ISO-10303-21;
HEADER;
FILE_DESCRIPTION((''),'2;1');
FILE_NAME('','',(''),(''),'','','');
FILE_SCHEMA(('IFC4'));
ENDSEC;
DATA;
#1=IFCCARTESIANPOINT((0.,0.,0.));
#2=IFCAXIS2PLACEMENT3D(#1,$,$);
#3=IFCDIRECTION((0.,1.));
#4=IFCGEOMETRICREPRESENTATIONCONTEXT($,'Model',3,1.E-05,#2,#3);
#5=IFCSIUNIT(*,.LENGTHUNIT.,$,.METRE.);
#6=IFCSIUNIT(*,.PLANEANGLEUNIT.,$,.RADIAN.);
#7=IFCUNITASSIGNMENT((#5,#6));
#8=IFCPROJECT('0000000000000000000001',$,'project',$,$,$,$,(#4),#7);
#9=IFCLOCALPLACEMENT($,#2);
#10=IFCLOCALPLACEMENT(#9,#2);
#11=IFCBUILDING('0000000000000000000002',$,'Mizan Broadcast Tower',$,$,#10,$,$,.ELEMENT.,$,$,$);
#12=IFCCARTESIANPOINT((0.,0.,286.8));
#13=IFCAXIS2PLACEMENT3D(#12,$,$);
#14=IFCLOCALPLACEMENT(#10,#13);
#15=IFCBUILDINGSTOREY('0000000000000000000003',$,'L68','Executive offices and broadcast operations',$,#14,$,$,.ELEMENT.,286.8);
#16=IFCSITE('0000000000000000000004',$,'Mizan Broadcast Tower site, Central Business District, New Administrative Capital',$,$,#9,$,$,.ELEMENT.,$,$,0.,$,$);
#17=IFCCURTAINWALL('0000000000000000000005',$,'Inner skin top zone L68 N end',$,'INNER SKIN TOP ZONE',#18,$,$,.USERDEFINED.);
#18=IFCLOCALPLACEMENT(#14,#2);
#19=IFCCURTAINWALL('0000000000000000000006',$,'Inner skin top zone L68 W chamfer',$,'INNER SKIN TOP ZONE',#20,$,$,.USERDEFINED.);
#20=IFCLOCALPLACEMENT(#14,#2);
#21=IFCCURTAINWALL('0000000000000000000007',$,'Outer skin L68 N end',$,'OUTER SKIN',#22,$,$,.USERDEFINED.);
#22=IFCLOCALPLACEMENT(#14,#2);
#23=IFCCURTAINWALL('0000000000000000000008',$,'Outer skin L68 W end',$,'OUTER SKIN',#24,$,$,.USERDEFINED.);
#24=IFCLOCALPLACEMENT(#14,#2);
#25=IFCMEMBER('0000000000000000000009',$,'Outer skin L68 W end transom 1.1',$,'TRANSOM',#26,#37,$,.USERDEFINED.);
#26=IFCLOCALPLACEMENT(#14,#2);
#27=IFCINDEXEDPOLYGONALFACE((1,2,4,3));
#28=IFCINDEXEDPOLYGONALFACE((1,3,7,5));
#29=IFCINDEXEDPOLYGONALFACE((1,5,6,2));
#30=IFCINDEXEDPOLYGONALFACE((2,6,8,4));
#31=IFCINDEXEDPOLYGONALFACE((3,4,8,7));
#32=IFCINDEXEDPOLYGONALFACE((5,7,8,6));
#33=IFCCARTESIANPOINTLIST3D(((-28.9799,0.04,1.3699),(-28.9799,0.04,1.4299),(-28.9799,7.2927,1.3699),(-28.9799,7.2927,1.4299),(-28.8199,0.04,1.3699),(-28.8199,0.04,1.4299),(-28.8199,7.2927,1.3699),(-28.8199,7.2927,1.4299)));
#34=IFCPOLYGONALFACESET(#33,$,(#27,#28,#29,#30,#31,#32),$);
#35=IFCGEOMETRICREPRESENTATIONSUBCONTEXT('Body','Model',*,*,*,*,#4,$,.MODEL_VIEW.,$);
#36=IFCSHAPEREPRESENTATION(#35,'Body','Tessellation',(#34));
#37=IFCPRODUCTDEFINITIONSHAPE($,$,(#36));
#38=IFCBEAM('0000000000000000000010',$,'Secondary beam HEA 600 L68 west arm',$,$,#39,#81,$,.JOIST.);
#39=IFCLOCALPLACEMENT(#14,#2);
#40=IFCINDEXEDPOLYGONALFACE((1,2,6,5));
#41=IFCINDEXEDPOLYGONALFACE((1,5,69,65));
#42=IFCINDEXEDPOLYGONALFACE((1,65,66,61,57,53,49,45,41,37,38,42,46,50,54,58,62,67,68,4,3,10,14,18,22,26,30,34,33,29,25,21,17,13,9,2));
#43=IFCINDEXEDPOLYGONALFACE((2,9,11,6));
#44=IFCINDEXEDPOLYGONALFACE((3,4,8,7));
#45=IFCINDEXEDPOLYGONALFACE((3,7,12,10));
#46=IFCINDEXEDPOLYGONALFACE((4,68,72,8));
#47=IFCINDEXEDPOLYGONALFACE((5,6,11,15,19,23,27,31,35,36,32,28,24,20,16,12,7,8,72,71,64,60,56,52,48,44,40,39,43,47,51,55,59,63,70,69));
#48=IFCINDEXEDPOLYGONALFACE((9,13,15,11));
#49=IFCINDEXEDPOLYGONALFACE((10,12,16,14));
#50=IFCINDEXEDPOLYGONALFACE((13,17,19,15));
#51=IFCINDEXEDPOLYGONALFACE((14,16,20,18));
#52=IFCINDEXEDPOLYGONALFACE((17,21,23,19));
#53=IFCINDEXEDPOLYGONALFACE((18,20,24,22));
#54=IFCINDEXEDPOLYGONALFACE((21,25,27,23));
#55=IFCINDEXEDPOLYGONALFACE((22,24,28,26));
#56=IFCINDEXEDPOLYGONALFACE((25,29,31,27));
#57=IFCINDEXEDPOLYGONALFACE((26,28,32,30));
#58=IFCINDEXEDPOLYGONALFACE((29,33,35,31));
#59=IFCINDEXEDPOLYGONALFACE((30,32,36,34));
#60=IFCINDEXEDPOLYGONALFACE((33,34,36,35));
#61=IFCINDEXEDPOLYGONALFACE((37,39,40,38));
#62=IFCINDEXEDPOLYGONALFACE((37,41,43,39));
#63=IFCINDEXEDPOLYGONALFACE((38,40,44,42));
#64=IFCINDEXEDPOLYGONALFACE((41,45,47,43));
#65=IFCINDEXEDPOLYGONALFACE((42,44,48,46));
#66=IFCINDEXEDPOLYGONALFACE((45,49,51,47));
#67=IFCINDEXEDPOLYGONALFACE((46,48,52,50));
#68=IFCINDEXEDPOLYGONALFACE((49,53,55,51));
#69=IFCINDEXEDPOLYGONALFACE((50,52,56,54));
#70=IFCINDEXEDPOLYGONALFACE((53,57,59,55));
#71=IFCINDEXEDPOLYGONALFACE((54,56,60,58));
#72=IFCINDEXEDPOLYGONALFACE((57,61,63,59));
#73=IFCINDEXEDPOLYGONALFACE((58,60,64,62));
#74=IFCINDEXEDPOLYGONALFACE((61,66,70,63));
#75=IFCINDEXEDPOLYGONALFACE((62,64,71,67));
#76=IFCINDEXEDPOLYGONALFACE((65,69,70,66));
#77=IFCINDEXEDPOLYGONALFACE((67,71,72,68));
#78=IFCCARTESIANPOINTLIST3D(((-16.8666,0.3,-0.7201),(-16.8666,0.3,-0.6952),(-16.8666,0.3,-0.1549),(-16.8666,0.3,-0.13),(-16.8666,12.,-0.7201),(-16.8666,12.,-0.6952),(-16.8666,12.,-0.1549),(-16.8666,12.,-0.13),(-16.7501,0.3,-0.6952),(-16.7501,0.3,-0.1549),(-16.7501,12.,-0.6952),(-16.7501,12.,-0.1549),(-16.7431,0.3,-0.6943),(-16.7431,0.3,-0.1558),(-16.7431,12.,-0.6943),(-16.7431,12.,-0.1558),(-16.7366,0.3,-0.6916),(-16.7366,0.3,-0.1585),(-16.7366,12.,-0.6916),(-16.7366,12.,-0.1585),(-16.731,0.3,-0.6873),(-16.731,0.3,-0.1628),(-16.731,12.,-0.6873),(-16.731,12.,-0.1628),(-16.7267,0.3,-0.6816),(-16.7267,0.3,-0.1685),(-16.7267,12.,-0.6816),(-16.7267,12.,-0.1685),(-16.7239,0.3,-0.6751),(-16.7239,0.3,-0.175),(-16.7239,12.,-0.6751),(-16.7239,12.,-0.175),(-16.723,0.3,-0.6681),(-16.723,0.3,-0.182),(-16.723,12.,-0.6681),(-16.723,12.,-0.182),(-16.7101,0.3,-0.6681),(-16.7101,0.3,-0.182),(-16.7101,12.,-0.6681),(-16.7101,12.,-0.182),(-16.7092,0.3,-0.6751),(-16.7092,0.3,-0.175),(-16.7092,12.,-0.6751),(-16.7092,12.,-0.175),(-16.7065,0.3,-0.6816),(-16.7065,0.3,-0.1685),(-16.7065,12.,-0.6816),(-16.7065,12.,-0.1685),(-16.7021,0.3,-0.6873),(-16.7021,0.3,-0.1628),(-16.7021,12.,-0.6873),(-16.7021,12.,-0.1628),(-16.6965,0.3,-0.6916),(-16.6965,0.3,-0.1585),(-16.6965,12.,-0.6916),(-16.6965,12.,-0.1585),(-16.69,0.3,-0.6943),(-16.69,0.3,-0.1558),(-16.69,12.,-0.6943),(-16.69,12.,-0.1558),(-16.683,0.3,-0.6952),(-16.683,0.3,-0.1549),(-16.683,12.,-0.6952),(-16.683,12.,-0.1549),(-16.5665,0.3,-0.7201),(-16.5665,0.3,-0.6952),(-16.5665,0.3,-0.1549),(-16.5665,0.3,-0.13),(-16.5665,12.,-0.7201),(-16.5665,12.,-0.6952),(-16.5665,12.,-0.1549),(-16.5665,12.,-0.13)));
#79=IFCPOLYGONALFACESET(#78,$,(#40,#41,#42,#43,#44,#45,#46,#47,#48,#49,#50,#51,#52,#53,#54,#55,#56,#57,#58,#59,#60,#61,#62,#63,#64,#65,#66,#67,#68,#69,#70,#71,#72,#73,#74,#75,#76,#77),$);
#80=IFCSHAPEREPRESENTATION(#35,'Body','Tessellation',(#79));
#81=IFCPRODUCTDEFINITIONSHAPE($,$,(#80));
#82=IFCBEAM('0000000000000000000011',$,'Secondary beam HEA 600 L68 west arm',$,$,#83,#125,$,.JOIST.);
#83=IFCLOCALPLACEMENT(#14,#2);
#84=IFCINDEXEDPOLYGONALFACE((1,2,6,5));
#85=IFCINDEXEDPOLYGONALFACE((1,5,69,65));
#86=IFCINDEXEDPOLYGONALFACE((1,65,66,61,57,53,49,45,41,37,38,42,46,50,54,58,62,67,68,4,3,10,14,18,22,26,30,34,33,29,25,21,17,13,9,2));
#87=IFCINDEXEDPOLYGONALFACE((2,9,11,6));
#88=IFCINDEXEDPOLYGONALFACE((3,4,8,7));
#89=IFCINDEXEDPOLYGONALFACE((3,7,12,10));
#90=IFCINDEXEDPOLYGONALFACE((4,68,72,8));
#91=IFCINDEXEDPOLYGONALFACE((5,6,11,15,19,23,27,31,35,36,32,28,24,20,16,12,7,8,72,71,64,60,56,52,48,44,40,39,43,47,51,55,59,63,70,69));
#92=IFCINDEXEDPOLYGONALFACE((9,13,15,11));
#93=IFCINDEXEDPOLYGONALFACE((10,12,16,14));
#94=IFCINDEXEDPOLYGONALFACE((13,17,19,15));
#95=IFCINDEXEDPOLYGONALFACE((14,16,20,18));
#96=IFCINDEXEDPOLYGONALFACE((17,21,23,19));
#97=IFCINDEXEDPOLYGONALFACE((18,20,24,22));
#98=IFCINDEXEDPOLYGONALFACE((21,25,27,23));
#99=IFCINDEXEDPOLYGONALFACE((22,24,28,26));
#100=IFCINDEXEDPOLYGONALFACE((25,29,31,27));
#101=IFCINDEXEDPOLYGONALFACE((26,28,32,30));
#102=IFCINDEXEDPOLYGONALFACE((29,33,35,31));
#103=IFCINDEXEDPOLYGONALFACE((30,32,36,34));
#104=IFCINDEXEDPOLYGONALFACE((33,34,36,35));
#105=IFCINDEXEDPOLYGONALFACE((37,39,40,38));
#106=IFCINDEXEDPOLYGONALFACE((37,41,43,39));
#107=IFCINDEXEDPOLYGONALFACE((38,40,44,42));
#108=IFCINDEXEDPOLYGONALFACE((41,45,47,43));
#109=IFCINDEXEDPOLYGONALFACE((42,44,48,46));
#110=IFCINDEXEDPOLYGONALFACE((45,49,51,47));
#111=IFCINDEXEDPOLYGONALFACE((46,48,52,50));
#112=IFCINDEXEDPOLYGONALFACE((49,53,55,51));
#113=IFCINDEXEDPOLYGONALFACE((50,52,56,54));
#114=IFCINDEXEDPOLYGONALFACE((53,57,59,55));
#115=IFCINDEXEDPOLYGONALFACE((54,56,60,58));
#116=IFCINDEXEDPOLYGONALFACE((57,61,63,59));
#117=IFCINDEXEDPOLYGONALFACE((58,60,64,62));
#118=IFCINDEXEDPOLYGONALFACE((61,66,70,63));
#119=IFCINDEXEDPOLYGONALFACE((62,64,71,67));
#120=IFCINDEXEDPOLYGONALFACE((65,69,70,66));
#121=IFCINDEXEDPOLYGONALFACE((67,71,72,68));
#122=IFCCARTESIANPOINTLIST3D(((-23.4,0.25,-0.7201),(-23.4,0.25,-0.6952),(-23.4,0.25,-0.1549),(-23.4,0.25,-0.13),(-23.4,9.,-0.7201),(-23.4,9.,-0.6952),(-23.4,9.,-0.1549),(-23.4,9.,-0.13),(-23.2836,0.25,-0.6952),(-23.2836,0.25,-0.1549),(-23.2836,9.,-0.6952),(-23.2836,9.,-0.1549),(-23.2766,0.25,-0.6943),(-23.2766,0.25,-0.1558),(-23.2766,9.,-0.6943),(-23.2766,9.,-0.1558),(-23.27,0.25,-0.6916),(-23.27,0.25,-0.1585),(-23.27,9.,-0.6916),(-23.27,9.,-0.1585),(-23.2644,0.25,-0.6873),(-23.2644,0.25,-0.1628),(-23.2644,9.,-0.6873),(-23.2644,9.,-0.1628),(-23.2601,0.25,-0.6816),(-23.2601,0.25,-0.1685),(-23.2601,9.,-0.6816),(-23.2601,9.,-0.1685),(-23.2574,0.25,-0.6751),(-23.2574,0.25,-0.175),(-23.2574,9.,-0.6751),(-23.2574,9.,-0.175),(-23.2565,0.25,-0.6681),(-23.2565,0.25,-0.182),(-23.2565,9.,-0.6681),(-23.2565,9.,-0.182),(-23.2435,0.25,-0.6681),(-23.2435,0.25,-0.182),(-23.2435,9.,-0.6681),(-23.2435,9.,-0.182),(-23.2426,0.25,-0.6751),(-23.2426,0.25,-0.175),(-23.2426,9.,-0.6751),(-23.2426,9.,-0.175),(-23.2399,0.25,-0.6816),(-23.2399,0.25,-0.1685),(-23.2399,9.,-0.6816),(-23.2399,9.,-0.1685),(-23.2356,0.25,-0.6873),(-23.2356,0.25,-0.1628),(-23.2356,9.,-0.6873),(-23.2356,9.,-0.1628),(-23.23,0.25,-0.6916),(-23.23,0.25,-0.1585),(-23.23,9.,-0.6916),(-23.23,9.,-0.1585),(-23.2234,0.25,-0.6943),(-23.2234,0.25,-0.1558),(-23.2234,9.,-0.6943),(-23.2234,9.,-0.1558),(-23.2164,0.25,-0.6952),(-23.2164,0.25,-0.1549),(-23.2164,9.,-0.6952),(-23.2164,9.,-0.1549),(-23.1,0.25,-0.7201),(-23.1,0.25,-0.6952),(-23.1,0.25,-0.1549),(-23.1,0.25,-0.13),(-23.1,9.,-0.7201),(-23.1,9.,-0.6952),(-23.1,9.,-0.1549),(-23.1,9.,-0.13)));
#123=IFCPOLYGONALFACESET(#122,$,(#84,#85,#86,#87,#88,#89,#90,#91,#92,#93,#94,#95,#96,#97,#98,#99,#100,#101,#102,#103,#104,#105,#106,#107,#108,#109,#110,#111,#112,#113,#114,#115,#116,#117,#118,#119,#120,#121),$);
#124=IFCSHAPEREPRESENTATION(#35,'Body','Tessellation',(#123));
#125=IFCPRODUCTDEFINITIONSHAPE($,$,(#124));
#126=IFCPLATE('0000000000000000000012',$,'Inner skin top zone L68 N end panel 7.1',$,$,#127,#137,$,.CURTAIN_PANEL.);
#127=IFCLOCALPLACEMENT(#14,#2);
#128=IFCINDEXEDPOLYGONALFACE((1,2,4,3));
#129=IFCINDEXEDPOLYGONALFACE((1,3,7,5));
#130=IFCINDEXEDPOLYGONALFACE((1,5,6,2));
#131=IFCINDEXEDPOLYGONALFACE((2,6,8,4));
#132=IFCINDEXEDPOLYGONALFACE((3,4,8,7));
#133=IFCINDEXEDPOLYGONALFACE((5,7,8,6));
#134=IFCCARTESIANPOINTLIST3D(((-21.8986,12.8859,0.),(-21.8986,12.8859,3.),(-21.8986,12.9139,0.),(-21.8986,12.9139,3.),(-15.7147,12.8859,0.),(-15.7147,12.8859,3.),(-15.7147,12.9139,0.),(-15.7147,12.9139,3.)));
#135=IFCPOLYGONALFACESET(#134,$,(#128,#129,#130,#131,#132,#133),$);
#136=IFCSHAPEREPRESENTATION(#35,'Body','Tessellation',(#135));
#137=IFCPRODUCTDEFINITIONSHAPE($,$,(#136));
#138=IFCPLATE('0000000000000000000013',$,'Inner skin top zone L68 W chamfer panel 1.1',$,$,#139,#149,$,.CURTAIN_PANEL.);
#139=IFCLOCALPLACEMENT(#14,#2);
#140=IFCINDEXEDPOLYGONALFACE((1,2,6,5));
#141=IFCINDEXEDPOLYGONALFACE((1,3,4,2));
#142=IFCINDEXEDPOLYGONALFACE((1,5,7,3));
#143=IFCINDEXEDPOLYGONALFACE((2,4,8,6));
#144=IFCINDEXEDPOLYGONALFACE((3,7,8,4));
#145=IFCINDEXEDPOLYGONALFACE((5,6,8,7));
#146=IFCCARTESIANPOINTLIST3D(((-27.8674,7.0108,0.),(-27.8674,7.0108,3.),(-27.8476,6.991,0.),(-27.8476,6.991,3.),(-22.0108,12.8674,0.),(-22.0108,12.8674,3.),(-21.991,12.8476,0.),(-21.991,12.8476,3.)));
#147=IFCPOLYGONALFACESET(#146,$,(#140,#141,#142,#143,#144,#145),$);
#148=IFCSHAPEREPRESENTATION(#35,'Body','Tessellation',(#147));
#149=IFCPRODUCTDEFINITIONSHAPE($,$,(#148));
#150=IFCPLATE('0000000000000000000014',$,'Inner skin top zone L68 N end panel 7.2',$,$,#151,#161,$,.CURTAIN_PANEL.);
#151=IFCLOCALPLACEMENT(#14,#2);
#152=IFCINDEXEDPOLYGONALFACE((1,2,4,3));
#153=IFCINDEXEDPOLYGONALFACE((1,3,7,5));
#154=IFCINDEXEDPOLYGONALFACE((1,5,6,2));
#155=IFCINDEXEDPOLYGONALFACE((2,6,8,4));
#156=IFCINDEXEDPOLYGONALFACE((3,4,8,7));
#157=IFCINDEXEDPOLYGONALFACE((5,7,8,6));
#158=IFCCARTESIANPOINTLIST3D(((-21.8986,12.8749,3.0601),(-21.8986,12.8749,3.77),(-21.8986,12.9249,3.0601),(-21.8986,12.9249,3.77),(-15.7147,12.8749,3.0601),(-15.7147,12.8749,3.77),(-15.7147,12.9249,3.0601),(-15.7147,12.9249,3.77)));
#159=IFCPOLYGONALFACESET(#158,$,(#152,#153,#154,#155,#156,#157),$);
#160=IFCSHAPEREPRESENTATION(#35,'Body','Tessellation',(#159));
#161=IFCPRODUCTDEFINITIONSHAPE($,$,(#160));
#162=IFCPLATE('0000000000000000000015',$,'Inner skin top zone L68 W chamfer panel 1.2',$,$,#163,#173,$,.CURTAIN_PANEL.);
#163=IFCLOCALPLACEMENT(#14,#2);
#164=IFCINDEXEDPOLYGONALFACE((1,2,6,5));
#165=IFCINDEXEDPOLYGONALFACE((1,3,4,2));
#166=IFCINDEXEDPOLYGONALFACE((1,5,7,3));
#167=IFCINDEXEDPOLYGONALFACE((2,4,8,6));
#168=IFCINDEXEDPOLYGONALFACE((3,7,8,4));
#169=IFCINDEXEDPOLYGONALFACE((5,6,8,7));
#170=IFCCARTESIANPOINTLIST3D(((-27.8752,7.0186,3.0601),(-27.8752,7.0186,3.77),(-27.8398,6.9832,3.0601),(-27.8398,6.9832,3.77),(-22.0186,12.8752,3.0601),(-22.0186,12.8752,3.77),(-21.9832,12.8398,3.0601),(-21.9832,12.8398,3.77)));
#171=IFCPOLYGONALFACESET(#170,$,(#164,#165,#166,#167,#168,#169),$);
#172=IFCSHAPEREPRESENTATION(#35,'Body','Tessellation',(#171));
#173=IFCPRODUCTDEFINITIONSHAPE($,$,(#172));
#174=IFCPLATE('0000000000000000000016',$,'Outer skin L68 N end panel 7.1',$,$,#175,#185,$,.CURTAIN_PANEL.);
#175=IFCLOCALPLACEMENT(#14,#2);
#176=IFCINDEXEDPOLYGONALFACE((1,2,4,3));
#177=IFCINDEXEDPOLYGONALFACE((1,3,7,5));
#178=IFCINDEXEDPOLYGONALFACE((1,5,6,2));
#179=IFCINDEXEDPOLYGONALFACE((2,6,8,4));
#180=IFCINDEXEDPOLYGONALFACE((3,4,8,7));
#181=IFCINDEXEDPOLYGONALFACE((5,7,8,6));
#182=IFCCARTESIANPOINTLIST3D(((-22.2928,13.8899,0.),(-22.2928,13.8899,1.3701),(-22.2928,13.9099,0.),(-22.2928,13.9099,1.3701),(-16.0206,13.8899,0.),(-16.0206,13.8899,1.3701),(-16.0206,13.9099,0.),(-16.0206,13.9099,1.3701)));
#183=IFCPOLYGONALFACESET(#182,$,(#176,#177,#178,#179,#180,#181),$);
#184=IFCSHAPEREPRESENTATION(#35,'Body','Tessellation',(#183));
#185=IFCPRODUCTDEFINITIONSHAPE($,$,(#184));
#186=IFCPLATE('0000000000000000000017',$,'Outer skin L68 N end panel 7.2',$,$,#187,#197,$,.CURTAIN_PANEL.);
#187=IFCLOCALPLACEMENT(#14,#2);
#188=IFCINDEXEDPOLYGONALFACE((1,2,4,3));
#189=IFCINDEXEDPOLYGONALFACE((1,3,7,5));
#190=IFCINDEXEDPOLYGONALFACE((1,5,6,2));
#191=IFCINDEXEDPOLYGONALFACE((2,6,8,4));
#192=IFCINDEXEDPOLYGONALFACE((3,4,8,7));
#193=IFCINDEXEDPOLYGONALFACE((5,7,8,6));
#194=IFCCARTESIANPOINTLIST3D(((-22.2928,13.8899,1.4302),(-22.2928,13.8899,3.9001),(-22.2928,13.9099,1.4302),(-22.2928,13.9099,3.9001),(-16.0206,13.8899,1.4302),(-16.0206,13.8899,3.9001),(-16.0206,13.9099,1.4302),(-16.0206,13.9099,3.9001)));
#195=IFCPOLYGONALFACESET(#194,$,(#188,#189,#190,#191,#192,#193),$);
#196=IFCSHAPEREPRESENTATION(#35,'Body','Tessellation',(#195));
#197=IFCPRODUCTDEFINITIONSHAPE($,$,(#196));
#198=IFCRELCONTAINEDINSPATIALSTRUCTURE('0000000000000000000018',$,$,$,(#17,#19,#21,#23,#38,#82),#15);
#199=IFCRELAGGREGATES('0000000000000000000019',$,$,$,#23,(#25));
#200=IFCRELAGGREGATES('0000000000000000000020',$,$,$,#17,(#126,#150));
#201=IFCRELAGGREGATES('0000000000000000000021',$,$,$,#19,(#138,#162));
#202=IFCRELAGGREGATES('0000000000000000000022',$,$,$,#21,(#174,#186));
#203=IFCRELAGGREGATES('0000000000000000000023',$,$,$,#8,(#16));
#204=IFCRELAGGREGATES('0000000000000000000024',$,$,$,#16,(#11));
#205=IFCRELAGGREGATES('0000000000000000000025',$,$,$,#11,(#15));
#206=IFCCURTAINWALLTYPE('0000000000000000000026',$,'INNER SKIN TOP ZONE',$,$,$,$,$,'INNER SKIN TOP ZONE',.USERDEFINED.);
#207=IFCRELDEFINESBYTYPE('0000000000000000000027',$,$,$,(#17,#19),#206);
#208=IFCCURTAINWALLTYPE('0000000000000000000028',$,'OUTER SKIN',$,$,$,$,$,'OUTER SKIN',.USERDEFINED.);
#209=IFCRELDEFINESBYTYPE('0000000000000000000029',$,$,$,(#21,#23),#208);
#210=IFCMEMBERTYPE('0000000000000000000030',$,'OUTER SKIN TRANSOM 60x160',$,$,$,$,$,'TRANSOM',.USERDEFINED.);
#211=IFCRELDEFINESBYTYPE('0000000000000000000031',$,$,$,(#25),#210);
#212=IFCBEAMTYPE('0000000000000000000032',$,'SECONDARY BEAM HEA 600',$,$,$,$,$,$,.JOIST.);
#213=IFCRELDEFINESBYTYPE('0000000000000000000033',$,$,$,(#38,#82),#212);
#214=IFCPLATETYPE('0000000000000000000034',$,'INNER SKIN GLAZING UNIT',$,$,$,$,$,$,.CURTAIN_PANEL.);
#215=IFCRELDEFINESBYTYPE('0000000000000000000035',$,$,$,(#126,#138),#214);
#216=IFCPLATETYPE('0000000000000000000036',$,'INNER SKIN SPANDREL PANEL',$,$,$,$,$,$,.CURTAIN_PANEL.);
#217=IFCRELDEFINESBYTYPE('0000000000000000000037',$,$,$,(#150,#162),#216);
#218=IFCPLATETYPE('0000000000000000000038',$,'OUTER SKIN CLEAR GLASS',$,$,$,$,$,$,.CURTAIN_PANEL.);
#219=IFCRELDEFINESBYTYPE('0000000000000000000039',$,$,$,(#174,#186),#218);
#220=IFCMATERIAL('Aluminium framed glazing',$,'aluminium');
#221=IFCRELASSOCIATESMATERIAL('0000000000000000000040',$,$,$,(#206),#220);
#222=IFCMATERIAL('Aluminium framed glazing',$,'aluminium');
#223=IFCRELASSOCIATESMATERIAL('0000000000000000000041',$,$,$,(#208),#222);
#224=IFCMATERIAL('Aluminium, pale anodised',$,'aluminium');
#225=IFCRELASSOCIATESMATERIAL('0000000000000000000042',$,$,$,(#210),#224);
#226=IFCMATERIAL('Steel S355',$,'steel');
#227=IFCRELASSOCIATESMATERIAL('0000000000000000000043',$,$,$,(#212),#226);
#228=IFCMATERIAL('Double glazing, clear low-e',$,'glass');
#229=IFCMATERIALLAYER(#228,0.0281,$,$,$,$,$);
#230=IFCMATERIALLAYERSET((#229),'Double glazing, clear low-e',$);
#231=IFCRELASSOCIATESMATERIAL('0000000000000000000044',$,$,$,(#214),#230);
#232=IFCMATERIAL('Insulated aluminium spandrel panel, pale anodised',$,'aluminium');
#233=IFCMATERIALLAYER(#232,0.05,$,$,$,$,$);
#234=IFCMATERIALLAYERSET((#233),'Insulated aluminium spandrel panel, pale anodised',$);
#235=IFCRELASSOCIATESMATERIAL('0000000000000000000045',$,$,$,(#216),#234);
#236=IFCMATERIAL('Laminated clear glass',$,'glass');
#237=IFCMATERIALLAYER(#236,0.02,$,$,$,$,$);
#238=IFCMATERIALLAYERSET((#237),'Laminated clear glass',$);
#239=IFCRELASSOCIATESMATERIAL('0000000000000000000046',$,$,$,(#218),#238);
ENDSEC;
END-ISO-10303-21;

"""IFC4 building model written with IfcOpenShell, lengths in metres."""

from ifc_helpers import new_model, si_unit, direction, frame, origin, origin_2d, place, context, subcontext, project, spatial, rectangle, i_section, extrude, material, layer, layer_set, material_profile, profile_set, type_object, element, aggregate, save


model = new_model("IFC4")

# Units and contexts
model_context = context("Model", 3, precision=1e-05, world=origin(), true_north=direction((0.0, 1.0)))
body_context = subcontext(model_context, "Body", "Model", "MODEL_VIEW")
ifc_project = project(units=[si_unit("LENGTHUNIT", "METRE"), si_unit("PLANEANGLEUNIT", "RADIAN")], contexts=[model_context])

# Site, building, storey
site_placement = place(None, origin())
site = spatial("IfcSite", under=ifc_project, at=site_placement, Name="Mizan Broadcast Tower site, Central Business District, New Administrative Capital", CompositionType="ELEMENT", RefElevation=0.0)
building_placement = place(site_placement, origin())
building = spatial("IfcBuilding", under=site, at=building_placement, Name="Mizan Broadcast Tower", CompositionType="ELEMENT")
storey_placement = place(building_placement, frame((0.0, 0.0, 286.8)))
storey = spatial("IfcBuildingStorey", under=building, at=storey_placement, Name="L68", Description="Executive offices and broadcast operations", CompositionType="ELEMENT", Elevation=286.8)

# Curtain walls
ifc_material_1 = material(Name="Aluminium framed glazing", Category="aluminium")
curtain_wall_type_1 = type_object("IfcCurtainWallType", Name="INNER SKIN TOP ZONE", ElementType="INNER SKIN TOP ZONE", PredefinedType="USERDEFINED", material=ifc_material_1)
curtain_wall_1_placement = place(storey_placement, origin())
curtain_wall_1 = element("IfcCurtainWall", 1, at=curtain_wall_1_placement, inside=storey, type_object=curtain_wall_type_1, Name="Inner skin top zone L68 N end", ObjectType="INNER SKIN TOP ZONE", PredefinedType="USERDEFINED")
curtain_wall_2_placement = place(storey_placement, origin())
curtain_wall_2 = element("IfcCurtainWall", 2, at=curtain_wall_2_placement, inside=storey, type_object=curtain_wall_type_1, Name="Inner skin top zone L68 W chamfer", ObjectType="INNER SKIN TOP ZONE", PredefinedType="USERDEFINED")
ifc_material_2 = material(Name="Aluminium framed glazing", Category="aluminium")
curtain_wall_type_2 = type_object("IfcCurtainWallType", Name="OUTER SKIN", ElementType="OUTER SKIN", PredefinedType="USERDEFINED", material=ifc_material_2)
curtain_wall_3_placement = place(storey_placement, origin())
curtain_wall_3 = element("IfcCurtainWall", 3, at=curtain_wall_3_placement, inside=storey, type_object=curtain_wall_type_2, Name="Outer skin L68 N end", ObjectType="OUTER SKIN", PredefinedType="USERDEFINED")

# Shared definitions
ifc_material_3 = material(Name="Aluminium, pale anodised", Category="aluminium")
ifc_material_profile_1 = material_profile(ifc_material_3, rectangle(XDim=0.1599, YDim=0.0601, at=origin_2d()), Name="TRANSOM 160x60")
ifc_profile_set_1 = profile_set([ifc_material_profile_1], Name="Aluminium, pale anodised")
member_type_1 = type_object("IfcMemberType", Name="OUTER SKIN TRANSOM 60x160", ElementType="TRANSOM", PredefinedType="USERDEFINED", material=ifc_profile_set_1)

# Curtain wall, member
curtain_wall_4_placement = place(storey_placement, origin())
curtain_wall_4 = element("IfcCurtainWall", 4, at=curtain_wall_4_placement, inside=storey, type_object=curtain_wall_type_2, Name="Outer skin L68 W end", ObjectType="OUTER SKIN", PredefinedType="USERDEFINED")
member_1_placement = place(storey_placement, frame((-28.8999, 7.2927, 1.3999), z_axis=(0.0, -1.0, 0.0), x_axis=(1.0, 0.0, 0.0)))
member_1 = element("IfcMember", 5, at=member_1_placement, type_object=member_type_1, Name="Outer skin L68 W end transom 1.1", ObjectType="TRANSOM", PredefinedType="USERDEFINED", context=body_context, shape_type="SweptSolid", body=[
    extrude(rectangle(XDim=0.1599, YDim=0.0601, at=origin_2d()), origin(), (0.0, 0.0, 1.0), 7.2527),
])
aggregate(curtain_wall_4, [member_1])

# Beams
ifc_material_4 = material(Name="Steel S355", Category="steel")
ifc_material_profile_2 = material_profile(ifc_material_4, i_section(OverallWidth=0.3, OverallDepth=0.5901, WebThickness=0.0129, FlangeThickness=0.0249, FilletRadius=0.0271, at=origin_2d()), Name="HEA 600")
ifc_profile_set_2 = profile_set([ifc_material_profile_2], Name="Steel S355")
beam_type_1 = type_object("IfcBeamType", Name="SECONDARY BEAM HEA 600", PredefinedType="JOIST", material=ifc_profile_set_2)
beam_1_placement = place(storey_placement, frame((-16.7166, 12.0, -0.425), z_axis=(0.0, -1.0, 0.0), x_axis=(1.0, 0.0, 0.0)))
element("IfcBeam", 6, at=beam_1_placement, inside=storey, type_object=beam_type_1, Name="Secondary beam HEA 600 L68 west arm", PredefinedType="JOIST", context=body_context, shape_type="SweptSolid", body=[
    extrude(i_section(OverallWidth=0.3, OverallDepth=0.5901, WebThickness=0.0129, FlangeThickness=0.0249, FilletRadius=0.0271, at=origin_2d()), origin(), (0.0, 0.0, 1.0), 11.7),
])
beam_2_placement = place(storey_placement, frame((-23.25, 9.0, -0.425), z_axis=(0.0, -1.0, 0.0), x_axis=(1.0, 0.0, 0.0)))
element("IfcBeam", 7, at=beam_2_placement, inside=storey, type_object=beam_type_1, Name="Secondary beam HEA 600 L68 west arm", PredefinedType="JOIST", context=body_context, shape_type="SweptSolid", body=[
    extrude(i_section(OverallWidth=0.3, OverallDepth=0.5901, WebThickness=0.0129, FlangeThickness=0.0249, FilletRadius=0.0271, at=origin_2d()), origin(), (0.0, 0.0, 1.0), 8.75),
])

# Plates
ifc_material_5 = material(Name="Double glazing, clear low-e", Category="glass")
ifc_layer_1 = layer(ifc_material_5, 0.0281)
ifc_layer_set_1 = layer_set([ifc_layer_1], Name="Double glazing, clear low-e")
plate_type_1 = type_object("IfcPlateType", Name="INNER SKIN GLAZING UNIT", PredefinedType="CURTAIN_PANEL", material=ifc_layer_set_1)
plate_1_placement = place(storey_placement, frame((-18.8066, 12.8999, 0.0), z_axis=(0.0, 0.0, 1.0), x_axis=(-1.0, 0.0, 0.0)))
plate_1 = element("IfcPlate", 8, at=plate_1_placement, type_object=plate_type_1, Name="Inner skin top zone L68 N end panel 7.1", PredefinedType="CURTAIN_PANEL", context=body_context, shape_type="SweptSolid", body=[
    extrude(rectangle(XDim=6.1838, YDim=0.0281, at=origin_2d()), origin(), (0.0, 0.0, 1.0), 3.0),
])
plate_2_placement = place(storey_placement, frame((-24.9292, 9.9292, 0.0), z_axis=(0.0, 0.0, 1.0), x_axis=(-0.707107, -0.707107, 0.0)))
plate_2 = element("IfcPlate", 9, at=plate_2_placement, type_object=plate_type_1, Name="Inner skin top zone L68 W chamfer panel 1.1", PredefinedType="CURTAIN_PANEL", context=body_context, shape_type="SweptSolid", body=[
    extrude(rectangle(XDim=8.2825, YDim=0.0281, at=origin_2d()), origin(), (0.0, 0.0, 1.0), 3.0),
])
ifc_material_6 = material(Name="Insulated aluminium spandrel panel, pale anodised", Category="aluminium")
ifc_layer_2 = layer(ifc_material_6, 0.05)
ifc_layer_set_2 = layer_set([ifc_layer_2], Name="Insulated aluminium spandrel panel, pale anodised")
plate_type_2 = type_object("IfcPlateType", Name="INNER SKIN SPANDREL PANEL", PredefinedType="CURTAIN_PANEL", material=ifc_layer_set_2)
plate_3_placement = place(storey_placement, frame((-18.8066, 12.8999, 3.0601), z_axis=(0.0, 0.0, 1.0), x_axis=(-1.0, 0.0, 0.0)))
plate_3 = element("IfcPlate", 10, at=plate_3_placement, type_object=plate_type_2, Name="Inner skin top zone L68 N end panel 7.2", PredefinedType="CURTAIN_PANEL", context=body_context, shape_type="SweptSolid", body=[
    extrude(rectangle(XDim=6.1838, YDim=0.05, at=origin_2d()), origin(), (0.0, 0.0, 1.0), 0.71),
])
aggregate(curtain_wall_1, [plate_1, plate_3])
plate_4_placement = place(storey_placement, frame((-24.9292, 9.9292, 3.0601), z_axis=(0.0, 0.0, 1.0), x_axis=(-0.707107, -0.707107, 0.0)))
plate_4 = element("IfcPlate", 11, at=plate_4_placement, type_object=plate_type_2, Name="Inner skin top zone L68 W chamfer panel 1.2", PredefinedType="CURTAIN_PANEL", context=body_context, shape_type="SweptSolid", body=[
    extrude(rectangle(XDim=8.2825, YDim=0.05, at=origin_2d()), origin(), (0.0, 0.0, 1.0), 0.71),
])
aggregate(curtain_wall_2, [plate_2, plate_4])
ifc_material_7 = material(Name="Laminated clear glass", Category="glass")
ifc_layer_3 = layer(ifc_material_7, 0.02)
ifc_layer_set_3 = layer_set([ifc_layer_3], Name="Laminated clear glass")
plate_type_3 = type_object("IfcPlateType", Name="OUTER SKIN CLEAR GLASS", PredefinedType="CURTAIN_PANEL", material=ifc_layer_set_3)
plate_5_placement = place(storey_placement, frame((-19.1567, 13.8999, 0.0), z_axis=(0.0, 0.0, 1.0), x_axis=(-1.0, 0.0, 0.0)))
plate_5 = element("IfcPlate", 12, at=plate_5_placement, type_object=plate_type_3, Name="Outer skin L68 N end panel 7.1", PredefinedType="CURTAIN_PANEL", context=body_context, shape_type="SweptSolid", body=[
    extrude(rectangle(XDim=6.2722, YDim=0.02, at=origin_2d()), origin(), (0.0, 0.0, 1.0), 1.3701),
])
plate_6_placement = place(storey_placement, frame((-19.1567, 13.8999, 1.4302), z_axis=(0.0, 0.0, 1.0), x_axis=(-1.0, 0.0, 0.0)))
plate_6 = element("IfcPlate", 13, at=plate_6_placement, type_object=plate_type_3, Name="Outer skin L68 N end panel 7.2", PredefinedType="CURTAIN_PANEL", context=body_context, shape_type="SweptSolid", body=[
    extrude(rectangle(XDim=6.2722, YDim=0.02, at=origin_2d()), origin(), (0.0, 0.0, 1.0), 2.47),
])
aggregate(curtain_wall_3, [plate_5, plate_6])

save(model, "model.ifc")
